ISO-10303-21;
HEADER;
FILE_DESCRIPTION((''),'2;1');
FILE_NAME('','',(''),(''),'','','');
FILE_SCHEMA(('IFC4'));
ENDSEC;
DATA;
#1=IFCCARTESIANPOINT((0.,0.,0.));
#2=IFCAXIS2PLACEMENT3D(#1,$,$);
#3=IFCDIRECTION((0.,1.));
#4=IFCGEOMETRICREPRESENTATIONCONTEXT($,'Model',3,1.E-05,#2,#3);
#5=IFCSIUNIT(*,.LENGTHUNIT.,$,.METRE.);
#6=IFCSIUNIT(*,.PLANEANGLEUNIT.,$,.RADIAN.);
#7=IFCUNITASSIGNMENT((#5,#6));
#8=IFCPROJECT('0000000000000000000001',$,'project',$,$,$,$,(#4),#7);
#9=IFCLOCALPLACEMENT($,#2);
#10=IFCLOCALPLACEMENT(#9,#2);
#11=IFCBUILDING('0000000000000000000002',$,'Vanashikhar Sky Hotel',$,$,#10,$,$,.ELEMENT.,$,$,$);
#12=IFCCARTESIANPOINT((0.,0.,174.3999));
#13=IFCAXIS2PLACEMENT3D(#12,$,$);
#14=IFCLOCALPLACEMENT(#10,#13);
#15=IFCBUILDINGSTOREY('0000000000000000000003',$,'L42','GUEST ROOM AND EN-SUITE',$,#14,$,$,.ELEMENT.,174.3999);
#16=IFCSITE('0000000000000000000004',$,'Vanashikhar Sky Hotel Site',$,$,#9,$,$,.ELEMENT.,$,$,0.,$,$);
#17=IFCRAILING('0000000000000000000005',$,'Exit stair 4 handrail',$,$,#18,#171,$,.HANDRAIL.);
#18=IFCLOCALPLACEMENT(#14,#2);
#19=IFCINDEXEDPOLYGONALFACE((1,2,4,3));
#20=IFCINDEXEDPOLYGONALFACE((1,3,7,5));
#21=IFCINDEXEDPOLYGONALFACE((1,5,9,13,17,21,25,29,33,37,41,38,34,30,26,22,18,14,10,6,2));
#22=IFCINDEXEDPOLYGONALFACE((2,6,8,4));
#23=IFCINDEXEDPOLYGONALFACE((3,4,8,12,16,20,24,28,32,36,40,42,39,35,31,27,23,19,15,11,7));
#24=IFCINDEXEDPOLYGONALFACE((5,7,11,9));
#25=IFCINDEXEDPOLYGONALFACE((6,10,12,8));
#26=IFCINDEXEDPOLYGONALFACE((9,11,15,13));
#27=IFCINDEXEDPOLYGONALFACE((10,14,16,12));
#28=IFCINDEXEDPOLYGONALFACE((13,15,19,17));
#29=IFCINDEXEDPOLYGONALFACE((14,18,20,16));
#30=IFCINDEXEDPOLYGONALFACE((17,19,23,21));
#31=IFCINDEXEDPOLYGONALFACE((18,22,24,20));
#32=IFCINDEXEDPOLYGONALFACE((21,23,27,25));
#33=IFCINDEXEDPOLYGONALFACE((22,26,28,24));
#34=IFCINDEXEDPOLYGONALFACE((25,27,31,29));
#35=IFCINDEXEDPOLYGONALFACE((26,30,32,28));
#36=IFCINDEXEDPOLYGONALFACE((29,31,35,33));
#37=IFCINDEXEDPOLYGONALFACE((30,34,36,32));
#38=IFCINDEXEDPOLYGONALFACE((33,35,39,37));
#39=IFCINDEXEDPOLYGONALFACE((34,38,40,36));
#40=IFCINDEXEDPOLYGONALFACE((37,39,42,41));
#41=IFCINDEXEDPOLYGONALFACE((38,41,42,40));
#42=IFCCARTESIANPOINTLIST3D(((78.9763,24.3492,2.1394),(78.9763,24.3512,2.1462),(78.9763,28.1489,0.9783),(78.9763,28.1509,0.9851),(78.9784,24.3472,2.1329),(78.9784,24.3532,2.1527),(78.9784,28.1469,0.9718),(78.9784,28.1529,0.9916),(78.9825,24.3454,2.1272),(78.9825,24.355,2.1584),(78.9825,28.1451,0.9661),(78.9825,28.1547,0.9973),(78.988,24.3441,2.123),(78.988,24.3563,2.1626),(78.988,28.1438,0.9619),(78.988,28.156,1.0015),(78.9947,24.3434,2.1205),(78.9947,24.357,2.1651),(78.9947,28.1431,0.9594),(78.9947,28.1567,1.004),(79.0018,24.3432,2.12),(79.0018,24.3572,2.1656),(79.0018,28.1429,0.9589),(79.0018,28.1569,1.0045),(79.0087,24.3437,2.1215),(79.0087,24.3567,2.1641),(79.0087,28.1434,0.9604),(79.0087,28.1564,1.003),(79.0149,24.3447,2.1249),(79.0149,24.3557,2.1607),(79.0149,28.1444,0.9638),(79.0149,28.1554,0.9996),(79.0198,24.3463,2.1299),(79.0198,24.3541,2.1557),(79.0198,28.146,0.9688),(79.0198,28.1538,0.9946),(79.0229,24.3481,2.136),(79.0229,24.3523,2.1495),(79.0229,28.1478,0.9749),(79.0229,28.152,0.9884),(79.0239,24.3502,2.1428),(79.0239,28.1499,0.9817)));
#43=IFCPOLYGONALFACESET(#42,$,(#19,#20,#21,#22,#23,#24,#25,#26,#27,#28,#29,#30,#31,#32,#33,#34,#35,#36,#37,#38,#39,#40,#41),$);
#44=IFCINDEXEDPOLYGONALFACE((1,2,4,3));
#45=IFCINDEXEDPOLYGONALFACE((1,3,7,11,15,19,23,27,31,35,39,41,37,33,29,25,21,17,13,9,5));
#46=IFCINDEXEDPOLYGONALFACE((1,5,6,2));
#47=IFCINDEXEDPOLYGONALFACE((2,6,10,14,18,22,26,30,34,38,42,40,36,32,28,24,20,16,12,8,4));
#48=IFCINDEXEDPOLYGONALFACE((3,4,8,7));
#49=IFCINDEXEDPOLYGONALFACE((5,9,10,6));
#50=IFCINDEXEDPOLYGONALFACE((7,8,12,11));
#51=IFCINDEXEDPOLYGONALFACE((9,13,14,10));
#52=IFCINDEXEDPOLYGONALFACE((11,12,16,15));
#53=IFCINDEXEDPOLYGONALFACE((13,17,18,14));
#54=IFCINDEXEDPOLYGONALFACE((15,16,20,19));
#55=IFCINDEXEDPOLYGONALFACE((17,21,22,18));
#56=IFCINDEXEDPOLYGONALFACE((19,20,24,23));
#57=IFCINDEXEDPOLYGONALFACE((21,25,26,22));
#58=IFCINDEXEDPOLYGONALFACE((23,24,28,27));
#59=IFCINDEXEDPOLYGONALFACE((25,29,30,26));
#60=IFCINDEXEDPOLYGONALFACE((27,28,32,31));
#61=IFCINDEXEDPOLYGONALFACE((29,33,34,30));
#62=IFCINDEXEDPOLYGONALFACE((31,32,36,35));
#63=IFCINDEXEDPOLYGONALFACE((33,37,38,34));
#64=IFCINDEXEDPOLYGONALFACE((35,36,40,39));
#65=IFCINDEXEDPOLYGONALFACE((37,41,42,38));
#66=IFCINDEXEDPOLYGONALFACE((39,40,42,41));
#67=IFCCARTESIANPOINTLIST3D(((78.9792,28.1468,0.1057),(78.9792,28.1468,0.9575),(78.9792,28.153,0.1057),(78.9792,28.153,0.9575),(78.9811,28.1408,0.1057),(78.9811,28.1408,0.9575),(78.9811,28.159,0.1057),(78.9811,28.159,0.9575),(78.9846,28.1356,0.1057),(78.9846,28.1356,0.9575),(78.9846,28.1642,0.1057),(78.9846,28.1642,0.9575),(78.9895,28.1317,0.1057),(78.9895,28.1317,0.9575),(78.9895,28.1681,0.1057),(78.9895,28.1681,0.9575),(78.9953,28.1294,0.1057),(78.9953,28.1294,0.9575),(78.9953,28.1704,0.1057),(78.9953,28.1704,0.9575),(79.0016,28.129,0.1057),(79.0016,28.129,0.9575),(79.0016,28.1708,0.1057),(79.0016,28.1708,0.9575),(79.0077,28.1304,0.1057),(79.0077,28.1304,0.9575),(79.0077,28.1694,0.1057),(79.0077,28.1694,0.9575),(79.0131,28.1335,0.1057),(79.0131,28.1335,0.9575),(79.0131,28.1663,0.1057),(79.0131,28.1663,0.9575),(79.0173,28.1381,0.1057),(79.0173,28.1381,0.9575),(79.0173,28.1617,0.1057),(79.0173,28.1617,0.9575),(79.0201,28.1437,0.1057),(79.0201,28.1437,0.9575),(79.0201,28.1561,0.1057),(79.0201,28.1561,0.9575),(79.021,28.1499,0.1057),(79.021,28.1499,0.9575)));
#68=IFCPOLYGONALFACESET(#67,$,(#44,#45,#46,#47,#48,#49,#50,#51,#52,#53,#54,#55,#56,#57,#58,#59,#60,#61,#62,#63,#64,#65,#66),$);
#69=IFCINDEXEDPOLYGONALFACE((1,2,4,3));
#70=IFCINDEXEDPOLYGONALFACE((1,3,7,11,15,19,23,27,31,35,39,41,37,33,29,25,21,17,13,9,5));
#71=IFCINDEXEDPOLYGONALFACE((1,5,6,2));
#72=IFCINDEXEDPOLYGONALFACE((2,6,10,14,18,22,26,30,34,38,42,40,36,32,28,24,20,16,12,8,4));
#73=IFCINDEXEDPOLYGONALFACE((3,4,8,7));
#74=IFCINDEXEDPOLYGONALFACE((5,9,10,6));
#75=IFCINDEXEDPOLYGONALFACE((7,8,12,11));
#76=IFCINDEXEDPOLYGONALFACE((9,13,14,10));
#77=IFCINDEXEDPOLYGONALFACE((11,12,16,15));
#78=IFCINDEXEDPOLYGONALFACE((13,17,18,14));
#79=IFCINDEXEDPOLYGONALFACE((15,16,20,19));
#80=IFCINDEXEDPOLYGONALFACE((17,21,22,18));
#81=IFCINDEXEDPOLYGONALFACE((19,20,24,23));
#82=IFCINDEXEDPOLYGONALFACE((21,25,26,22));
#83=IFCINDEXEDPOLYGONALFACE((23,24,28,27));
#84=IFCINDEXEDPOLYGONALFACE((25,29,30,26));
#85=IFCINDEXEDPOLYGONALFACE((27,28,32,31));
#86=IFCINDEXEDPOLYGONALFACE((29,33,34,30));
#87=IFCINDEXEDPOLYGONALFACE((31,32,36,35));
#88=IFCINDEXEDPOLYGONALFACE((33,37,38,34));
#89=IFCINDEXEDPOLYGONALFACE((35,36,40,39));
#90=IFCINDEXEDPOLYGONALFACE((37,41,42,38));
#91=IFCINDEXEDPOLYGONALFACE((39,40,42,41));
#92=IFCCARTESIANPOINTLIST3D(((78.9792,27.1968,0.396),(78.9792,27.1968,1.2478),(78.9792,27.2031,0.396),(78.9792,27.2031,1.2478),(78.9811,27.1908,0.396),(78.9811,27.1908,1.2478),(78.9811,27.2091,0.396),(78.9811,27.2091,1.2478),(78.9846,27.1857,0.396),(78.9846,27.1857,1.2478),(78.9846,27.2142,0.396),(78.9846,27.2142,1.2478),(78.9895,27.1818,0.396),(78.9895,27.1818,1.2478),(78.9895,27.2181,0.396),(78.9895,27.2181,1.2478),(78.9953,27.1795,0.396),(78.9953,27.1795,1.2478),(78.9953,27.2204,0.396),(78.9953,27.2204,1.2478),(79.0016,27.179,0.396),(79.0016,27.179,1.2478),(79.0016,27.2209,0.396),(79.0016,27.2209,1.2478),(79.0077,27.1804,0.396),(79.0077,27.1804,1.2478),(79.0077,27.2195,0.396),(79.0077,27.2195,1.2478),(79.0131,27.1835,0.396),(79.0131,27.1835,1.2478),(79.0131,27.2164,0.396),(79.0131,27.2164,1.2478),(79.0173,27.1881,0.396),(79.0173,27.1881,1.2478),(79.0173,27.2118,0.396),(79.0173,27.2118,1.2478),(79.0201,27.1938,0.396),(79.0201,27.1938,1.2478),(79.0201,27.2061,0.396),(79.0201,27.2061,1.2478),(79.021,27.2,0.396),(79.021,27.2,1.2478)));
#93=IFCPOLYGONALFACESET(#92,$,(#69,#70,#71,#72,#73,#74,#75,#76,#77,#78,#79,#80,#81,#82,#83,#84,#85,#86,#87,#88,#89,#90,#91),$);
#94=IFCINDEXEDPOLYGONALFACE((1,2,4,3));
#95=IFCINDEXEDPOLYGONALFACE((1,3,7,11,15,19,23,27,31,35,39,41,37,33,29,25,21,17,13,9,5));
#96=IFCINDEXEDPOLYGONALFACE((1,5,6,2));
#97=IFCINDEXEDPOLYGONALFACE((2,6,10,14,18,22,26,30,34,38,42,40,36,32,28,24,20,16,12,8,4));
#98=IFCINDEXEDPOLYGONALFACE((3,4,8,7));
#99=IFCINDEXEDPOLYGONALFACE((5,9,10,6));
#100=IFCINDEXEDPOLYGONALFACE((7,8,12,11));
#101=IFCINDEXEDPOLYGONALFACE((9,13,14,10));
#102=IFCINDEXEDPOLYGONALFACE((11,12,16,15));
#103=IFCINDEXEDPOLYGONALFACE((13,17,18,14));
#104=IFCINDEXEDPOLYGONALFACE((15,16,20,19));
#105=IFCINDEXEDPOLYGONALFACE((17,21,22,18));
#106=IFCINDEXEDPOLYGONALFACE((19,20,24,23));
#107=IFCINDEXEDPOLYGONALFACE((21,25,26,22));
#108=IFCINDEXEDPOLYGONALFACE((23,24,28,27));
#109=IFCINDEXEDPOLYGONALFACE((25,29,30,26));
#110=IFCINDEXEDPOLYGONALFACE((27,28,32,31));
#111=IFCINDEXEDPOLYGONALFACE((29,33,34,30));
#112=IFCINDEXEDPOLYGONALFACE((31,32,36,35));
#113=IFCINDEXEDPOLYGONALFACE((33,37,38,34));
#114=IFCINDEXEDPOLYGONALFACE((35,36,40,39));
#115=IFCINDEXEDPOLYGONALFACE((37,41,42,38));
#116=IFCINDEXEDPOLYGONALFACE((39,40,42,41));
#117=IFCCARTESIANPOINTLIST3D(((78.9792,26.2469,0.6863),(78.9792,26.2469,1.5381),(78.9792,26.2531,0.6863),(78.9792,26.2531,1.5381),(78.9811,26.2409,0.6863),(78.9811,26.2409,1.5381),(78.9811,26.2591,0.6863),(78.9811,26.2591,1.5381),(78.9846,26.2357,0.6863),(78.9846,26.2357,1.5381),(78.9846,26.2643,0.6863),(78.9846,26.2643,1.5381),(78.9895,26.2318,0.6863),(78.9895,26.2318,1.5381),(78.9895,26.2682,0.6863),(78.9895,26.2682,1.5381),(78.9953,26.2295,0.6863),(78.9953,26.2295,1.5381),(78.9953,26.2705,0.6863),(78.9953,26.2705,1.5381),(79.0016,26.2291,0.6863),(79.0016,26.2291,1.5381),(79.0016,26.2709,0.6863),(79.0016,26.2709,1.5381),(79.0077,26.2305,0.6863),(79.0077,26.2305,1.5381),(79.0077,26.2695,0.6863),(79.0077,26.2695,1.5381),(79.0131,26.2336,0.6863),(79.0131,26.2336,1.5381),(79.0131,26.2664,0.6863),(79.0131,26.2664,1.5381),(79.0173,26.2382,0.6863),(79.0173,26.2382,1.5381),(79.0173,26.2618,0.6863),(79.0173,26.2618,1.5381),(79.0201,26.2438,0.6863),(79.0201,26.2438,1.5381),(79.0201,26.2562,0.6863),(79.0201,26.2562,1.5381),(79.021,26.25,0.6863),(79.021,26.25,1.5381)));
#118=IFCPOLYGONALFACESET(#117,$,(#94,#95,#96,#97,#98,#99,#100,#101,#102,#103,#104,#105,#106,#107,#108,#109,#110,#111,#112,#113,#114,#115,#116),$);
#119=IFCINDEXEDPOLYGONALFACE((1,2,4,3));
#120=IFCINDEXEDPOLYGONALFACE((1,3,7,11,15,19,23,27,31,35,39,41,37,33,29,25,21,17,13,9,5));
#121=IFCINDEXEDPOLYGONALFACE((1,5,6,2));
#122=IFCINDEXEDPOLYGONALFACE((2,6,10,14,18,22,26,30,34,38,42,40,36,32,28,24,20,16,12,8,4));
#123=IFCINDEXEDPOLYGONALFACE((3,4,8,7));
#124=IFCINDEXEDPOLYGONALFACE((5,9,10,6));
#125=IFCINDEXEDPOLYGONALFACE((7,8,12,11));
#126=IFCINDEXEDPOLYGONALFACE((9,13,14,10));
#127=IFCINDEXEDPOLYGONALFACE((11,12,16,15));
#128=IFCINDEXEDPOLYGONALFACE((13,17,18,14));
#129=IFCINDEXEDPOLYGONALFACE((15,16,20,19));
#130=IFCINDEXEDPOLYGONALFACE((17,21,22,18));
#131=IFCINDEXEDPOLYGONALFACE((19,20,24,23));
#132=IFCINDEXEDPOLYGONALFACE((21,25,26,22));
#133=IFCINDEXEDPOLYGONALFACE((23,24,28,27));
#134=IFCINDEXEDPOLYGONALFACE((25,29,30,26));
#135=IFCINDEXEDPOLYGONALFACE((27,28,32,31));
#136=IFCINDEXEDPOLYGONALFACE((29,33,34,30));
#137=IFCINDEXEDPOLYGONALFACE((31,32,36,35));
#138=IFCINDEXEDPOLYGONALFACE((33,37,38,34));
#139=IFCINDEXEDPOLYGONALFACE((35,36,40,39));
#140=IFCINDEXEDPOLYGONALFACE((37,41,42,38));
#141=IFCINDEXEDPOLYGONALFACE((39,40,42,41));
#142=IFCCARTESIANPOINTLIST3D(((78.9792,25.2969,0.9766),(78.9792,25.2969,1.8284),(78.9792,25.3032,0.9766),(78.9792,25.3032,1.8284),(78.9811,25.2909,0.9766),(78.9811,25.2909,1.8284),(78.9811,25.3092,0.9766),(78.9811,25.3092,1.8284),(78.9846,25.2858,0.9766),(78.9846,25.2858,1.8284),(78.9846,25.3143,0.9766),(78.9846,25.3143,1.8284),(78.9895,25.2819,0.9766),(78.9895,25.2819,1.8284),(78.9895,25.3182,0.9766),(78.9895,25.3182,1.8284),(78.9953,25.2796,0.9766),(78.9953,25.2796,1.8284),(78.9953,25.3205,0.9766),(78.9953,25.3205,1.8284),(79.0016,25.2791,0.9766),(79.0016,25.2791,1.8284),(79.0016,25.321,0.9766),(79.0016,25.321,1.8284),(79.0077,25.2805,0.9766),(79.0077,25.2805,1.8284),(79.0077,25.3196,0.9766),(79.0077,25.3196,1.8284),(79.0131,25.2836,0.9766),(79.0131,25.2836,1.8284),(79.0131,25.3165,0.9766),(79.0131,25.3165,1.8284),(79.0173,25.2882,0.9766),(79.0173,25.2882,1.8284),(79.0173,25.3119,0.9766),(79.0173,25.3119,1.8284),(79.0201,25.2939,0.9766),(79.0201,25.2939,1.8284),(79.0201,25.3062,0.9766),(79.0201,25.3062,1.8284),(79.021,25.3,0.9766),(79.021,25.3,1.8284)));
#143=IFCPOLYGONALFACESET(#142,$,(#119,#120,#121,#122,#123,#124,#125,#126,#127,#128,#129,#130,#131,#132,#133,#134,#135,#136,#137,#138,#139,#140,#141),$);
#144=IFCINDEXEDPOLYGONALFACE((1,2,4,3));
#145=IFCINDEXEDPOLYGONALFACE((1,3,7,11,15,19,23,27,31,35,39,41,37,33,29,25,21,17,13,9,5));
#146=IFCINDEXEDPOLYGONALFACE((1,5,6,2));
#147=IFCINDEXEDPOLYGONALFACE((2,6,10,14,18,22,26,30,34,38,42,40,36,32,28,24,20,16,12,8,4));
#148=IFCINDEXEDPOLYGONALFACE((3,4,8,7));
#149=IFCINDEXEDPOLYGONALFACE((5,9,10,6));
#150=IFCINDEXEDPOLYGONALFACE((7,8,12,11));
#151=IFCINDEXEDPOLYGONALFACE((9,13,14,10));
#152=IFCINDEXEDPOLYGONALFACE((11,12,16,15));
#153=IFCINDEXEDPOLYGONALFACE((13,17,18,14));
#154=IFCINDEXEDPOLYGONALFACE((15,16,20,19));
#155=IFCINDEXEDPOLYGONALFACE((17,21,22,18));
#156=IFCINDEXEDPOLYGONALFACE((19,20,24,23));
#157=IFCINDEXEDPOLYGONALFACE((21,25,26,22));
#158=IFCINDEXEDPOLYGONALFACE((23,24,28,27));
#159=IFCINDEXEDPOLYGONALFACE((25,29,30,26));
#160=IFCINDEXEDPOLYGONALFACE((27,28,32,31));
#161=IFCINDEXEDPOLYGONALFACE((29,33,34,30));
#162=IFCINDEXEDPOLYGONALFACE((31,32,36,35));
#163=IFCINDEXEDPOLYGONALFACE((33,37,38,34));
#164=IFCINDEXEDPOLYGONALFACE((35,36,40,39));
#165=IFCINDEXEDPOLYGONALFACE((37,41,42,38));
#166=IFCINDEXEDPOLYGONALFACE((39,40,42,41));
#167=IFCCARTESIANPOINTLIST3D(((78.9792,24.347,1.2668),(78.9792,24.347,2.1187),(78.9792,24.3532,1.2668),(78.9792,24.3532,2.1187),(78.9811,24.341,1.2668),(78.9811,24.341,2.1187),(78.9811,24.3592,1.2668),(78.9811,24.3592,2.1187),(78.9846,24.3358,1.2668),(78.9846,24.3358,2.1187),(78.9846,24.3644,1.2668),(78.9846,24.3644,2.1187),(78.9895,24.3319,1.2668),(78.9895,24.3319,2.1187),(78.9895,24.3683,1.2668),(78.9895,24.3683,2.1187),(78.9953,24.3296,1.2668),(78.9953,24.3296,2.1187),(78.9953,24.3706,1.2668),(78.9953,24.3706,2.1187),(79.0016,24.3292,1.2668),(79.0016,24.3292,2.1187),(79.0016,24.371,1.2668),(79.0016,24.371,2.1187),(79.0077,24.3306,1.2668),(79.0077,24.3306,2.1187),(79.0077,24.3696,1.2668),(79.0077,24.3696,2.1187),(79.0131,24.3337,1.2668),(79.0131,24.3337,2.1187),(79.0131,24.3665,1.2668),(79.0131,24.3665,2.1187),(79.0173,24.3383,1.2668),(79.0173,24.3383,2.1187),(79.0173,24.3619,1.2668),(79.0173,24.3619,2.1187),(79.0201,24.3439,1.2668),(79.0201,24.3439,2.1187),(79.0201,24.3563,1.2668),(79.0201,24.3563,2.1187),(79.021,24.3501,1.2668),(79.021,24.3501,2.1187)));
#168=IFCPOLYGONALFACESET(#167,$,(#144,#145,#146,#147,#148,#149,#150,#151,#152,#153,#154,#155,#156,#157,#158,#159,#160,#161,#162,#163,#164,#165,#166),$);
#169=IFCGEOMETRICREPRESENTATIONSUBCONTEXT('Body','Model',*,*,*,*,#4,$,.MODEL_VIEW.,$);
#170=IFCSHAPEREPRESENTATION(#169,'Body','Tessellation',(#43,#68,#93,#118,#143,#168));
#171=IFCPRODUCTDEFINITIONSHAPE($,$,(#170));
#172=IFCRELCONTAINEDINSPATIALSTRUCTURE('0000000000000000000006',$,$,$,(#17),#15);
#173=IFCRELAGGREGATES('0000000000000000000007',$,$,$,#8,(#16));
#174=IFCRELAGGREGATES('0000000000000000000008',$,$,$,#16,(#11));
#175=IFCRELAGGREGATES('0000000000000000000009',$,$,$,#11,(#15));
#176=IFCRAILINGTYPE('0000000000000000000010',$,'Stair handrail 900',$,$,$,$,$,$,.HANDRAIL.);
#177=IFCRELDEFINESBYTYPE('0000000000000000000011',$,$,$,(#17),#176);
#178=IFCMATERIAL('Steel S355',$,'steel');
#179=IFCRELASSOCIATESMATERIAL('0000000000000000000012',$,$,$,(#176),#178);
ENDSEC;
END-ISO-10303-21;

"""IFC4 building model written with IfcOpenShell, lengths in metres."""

from ifc_helpers import new_model, si_unit, direction, frame, origin, origin_2d, place, context, subcontext, project, spatial, circle, extrude, source, transform, mapped, material, type_object, element, save


model = new_model("IFC4")

# Units and contexts
model_context = context("Model", 3, precision=1e-05, world=origin(), true_north=direction((0.0, 1.0)))
body_context = subcontext(model_context, "Body", "Model", "MODEL_VIEW")
ifc_project = project(units=[si_unit("LENGTHUNIT", "METRE"), si_unit("PLANEANGLEUNIT", "RADIAN")], contexts=[model_context])

# Site, building, storey
site_placement = place(None, origin())
site = spatial("IfcSite", under=ifc_project, at=site_placement, Name="Vanashikhar Sky Hotel Site", CompositionType="ELEMENT", RefElevation=0.0)
building_placement = place(site_placement, origin())
building = spatial("IfcBuilding", under=site, at=building_placement, Name="Vanashikhar Sky Hotel", CompositionType="ELEMENT")
storey_placement = place(building_placement, frame((0.0, 0.0, 174.3999)))
storey = spatial("IfcBuildingStorey", under=building, at=storey_placement, Name="L42", Description="GUEST ROOM AND EN-SUITE", CompositionType="ELEMENT", Elevation=174.3999)

# Railing
ifc_material_1 = material(Name="Steel S355", Category="steel")
railing_type_1 = type_object("IfcRailingType", Name="Stair handrail 900", PredefinedType="HANDRAIL", material=ifc_material_1)
shared_shape_1 = source(origin(), body_context, "Body", "SweptSolid", [
    extrude(circle(Radius=0.0239, at=origin_2d()), frame((0.0, 0.0, 0.876), z_axis=(0.0, -0.956346, 0.292237), x_axis=(1.0, 0.0, 0.0)), (0.0, 0.0, 1.0), 3.9731),
    extrude(circle(Radius=0.021, at=origin_2d()), origin(), (0.0, 0.0, 1.0), 0.8518),
    extrude(circle(Radius=0.021, at=origin_2d()), frame((0.0, -0.95, 0.2903)), (0.0, 0.0, 1.0), 0.8518),
    extrude(circle(Radius=0.021, at=origin_2d()), frame((0.0, -1.8999, 0.5806)), (0.0, 0.0, 1.0), 0.8518),
    extrude(circle(Radius=0.021, at=origin_2d()), frame((0.0, -2.8499, 0.8708)), (0.0, 0.0, 1.0), 0.8518),
    extrude(circle(Radius=0.021, at=origin_2d()), frame((0.0, -3.7998, 1.1611)), (0.0, 0.0, 1.0), 0.8518),
])
for number, where, name in (
    (1, (79.0, 28.1499, 0.1057), "Exit stair 4 handrail"),
):
    element("IfcRailing", number, at=place(storey_placement, frame(where)), inside=storey, type_object=railing_type_1, Name=name, PredefinedType="HANDRAIL", context=body_context, shape_type="MappedRepresentation", body=[
        mapped(shared_shape_1, transform((0.0, 0.0, 0.0), scale=1.0)),
    ])

save(model, "model.ifc")
